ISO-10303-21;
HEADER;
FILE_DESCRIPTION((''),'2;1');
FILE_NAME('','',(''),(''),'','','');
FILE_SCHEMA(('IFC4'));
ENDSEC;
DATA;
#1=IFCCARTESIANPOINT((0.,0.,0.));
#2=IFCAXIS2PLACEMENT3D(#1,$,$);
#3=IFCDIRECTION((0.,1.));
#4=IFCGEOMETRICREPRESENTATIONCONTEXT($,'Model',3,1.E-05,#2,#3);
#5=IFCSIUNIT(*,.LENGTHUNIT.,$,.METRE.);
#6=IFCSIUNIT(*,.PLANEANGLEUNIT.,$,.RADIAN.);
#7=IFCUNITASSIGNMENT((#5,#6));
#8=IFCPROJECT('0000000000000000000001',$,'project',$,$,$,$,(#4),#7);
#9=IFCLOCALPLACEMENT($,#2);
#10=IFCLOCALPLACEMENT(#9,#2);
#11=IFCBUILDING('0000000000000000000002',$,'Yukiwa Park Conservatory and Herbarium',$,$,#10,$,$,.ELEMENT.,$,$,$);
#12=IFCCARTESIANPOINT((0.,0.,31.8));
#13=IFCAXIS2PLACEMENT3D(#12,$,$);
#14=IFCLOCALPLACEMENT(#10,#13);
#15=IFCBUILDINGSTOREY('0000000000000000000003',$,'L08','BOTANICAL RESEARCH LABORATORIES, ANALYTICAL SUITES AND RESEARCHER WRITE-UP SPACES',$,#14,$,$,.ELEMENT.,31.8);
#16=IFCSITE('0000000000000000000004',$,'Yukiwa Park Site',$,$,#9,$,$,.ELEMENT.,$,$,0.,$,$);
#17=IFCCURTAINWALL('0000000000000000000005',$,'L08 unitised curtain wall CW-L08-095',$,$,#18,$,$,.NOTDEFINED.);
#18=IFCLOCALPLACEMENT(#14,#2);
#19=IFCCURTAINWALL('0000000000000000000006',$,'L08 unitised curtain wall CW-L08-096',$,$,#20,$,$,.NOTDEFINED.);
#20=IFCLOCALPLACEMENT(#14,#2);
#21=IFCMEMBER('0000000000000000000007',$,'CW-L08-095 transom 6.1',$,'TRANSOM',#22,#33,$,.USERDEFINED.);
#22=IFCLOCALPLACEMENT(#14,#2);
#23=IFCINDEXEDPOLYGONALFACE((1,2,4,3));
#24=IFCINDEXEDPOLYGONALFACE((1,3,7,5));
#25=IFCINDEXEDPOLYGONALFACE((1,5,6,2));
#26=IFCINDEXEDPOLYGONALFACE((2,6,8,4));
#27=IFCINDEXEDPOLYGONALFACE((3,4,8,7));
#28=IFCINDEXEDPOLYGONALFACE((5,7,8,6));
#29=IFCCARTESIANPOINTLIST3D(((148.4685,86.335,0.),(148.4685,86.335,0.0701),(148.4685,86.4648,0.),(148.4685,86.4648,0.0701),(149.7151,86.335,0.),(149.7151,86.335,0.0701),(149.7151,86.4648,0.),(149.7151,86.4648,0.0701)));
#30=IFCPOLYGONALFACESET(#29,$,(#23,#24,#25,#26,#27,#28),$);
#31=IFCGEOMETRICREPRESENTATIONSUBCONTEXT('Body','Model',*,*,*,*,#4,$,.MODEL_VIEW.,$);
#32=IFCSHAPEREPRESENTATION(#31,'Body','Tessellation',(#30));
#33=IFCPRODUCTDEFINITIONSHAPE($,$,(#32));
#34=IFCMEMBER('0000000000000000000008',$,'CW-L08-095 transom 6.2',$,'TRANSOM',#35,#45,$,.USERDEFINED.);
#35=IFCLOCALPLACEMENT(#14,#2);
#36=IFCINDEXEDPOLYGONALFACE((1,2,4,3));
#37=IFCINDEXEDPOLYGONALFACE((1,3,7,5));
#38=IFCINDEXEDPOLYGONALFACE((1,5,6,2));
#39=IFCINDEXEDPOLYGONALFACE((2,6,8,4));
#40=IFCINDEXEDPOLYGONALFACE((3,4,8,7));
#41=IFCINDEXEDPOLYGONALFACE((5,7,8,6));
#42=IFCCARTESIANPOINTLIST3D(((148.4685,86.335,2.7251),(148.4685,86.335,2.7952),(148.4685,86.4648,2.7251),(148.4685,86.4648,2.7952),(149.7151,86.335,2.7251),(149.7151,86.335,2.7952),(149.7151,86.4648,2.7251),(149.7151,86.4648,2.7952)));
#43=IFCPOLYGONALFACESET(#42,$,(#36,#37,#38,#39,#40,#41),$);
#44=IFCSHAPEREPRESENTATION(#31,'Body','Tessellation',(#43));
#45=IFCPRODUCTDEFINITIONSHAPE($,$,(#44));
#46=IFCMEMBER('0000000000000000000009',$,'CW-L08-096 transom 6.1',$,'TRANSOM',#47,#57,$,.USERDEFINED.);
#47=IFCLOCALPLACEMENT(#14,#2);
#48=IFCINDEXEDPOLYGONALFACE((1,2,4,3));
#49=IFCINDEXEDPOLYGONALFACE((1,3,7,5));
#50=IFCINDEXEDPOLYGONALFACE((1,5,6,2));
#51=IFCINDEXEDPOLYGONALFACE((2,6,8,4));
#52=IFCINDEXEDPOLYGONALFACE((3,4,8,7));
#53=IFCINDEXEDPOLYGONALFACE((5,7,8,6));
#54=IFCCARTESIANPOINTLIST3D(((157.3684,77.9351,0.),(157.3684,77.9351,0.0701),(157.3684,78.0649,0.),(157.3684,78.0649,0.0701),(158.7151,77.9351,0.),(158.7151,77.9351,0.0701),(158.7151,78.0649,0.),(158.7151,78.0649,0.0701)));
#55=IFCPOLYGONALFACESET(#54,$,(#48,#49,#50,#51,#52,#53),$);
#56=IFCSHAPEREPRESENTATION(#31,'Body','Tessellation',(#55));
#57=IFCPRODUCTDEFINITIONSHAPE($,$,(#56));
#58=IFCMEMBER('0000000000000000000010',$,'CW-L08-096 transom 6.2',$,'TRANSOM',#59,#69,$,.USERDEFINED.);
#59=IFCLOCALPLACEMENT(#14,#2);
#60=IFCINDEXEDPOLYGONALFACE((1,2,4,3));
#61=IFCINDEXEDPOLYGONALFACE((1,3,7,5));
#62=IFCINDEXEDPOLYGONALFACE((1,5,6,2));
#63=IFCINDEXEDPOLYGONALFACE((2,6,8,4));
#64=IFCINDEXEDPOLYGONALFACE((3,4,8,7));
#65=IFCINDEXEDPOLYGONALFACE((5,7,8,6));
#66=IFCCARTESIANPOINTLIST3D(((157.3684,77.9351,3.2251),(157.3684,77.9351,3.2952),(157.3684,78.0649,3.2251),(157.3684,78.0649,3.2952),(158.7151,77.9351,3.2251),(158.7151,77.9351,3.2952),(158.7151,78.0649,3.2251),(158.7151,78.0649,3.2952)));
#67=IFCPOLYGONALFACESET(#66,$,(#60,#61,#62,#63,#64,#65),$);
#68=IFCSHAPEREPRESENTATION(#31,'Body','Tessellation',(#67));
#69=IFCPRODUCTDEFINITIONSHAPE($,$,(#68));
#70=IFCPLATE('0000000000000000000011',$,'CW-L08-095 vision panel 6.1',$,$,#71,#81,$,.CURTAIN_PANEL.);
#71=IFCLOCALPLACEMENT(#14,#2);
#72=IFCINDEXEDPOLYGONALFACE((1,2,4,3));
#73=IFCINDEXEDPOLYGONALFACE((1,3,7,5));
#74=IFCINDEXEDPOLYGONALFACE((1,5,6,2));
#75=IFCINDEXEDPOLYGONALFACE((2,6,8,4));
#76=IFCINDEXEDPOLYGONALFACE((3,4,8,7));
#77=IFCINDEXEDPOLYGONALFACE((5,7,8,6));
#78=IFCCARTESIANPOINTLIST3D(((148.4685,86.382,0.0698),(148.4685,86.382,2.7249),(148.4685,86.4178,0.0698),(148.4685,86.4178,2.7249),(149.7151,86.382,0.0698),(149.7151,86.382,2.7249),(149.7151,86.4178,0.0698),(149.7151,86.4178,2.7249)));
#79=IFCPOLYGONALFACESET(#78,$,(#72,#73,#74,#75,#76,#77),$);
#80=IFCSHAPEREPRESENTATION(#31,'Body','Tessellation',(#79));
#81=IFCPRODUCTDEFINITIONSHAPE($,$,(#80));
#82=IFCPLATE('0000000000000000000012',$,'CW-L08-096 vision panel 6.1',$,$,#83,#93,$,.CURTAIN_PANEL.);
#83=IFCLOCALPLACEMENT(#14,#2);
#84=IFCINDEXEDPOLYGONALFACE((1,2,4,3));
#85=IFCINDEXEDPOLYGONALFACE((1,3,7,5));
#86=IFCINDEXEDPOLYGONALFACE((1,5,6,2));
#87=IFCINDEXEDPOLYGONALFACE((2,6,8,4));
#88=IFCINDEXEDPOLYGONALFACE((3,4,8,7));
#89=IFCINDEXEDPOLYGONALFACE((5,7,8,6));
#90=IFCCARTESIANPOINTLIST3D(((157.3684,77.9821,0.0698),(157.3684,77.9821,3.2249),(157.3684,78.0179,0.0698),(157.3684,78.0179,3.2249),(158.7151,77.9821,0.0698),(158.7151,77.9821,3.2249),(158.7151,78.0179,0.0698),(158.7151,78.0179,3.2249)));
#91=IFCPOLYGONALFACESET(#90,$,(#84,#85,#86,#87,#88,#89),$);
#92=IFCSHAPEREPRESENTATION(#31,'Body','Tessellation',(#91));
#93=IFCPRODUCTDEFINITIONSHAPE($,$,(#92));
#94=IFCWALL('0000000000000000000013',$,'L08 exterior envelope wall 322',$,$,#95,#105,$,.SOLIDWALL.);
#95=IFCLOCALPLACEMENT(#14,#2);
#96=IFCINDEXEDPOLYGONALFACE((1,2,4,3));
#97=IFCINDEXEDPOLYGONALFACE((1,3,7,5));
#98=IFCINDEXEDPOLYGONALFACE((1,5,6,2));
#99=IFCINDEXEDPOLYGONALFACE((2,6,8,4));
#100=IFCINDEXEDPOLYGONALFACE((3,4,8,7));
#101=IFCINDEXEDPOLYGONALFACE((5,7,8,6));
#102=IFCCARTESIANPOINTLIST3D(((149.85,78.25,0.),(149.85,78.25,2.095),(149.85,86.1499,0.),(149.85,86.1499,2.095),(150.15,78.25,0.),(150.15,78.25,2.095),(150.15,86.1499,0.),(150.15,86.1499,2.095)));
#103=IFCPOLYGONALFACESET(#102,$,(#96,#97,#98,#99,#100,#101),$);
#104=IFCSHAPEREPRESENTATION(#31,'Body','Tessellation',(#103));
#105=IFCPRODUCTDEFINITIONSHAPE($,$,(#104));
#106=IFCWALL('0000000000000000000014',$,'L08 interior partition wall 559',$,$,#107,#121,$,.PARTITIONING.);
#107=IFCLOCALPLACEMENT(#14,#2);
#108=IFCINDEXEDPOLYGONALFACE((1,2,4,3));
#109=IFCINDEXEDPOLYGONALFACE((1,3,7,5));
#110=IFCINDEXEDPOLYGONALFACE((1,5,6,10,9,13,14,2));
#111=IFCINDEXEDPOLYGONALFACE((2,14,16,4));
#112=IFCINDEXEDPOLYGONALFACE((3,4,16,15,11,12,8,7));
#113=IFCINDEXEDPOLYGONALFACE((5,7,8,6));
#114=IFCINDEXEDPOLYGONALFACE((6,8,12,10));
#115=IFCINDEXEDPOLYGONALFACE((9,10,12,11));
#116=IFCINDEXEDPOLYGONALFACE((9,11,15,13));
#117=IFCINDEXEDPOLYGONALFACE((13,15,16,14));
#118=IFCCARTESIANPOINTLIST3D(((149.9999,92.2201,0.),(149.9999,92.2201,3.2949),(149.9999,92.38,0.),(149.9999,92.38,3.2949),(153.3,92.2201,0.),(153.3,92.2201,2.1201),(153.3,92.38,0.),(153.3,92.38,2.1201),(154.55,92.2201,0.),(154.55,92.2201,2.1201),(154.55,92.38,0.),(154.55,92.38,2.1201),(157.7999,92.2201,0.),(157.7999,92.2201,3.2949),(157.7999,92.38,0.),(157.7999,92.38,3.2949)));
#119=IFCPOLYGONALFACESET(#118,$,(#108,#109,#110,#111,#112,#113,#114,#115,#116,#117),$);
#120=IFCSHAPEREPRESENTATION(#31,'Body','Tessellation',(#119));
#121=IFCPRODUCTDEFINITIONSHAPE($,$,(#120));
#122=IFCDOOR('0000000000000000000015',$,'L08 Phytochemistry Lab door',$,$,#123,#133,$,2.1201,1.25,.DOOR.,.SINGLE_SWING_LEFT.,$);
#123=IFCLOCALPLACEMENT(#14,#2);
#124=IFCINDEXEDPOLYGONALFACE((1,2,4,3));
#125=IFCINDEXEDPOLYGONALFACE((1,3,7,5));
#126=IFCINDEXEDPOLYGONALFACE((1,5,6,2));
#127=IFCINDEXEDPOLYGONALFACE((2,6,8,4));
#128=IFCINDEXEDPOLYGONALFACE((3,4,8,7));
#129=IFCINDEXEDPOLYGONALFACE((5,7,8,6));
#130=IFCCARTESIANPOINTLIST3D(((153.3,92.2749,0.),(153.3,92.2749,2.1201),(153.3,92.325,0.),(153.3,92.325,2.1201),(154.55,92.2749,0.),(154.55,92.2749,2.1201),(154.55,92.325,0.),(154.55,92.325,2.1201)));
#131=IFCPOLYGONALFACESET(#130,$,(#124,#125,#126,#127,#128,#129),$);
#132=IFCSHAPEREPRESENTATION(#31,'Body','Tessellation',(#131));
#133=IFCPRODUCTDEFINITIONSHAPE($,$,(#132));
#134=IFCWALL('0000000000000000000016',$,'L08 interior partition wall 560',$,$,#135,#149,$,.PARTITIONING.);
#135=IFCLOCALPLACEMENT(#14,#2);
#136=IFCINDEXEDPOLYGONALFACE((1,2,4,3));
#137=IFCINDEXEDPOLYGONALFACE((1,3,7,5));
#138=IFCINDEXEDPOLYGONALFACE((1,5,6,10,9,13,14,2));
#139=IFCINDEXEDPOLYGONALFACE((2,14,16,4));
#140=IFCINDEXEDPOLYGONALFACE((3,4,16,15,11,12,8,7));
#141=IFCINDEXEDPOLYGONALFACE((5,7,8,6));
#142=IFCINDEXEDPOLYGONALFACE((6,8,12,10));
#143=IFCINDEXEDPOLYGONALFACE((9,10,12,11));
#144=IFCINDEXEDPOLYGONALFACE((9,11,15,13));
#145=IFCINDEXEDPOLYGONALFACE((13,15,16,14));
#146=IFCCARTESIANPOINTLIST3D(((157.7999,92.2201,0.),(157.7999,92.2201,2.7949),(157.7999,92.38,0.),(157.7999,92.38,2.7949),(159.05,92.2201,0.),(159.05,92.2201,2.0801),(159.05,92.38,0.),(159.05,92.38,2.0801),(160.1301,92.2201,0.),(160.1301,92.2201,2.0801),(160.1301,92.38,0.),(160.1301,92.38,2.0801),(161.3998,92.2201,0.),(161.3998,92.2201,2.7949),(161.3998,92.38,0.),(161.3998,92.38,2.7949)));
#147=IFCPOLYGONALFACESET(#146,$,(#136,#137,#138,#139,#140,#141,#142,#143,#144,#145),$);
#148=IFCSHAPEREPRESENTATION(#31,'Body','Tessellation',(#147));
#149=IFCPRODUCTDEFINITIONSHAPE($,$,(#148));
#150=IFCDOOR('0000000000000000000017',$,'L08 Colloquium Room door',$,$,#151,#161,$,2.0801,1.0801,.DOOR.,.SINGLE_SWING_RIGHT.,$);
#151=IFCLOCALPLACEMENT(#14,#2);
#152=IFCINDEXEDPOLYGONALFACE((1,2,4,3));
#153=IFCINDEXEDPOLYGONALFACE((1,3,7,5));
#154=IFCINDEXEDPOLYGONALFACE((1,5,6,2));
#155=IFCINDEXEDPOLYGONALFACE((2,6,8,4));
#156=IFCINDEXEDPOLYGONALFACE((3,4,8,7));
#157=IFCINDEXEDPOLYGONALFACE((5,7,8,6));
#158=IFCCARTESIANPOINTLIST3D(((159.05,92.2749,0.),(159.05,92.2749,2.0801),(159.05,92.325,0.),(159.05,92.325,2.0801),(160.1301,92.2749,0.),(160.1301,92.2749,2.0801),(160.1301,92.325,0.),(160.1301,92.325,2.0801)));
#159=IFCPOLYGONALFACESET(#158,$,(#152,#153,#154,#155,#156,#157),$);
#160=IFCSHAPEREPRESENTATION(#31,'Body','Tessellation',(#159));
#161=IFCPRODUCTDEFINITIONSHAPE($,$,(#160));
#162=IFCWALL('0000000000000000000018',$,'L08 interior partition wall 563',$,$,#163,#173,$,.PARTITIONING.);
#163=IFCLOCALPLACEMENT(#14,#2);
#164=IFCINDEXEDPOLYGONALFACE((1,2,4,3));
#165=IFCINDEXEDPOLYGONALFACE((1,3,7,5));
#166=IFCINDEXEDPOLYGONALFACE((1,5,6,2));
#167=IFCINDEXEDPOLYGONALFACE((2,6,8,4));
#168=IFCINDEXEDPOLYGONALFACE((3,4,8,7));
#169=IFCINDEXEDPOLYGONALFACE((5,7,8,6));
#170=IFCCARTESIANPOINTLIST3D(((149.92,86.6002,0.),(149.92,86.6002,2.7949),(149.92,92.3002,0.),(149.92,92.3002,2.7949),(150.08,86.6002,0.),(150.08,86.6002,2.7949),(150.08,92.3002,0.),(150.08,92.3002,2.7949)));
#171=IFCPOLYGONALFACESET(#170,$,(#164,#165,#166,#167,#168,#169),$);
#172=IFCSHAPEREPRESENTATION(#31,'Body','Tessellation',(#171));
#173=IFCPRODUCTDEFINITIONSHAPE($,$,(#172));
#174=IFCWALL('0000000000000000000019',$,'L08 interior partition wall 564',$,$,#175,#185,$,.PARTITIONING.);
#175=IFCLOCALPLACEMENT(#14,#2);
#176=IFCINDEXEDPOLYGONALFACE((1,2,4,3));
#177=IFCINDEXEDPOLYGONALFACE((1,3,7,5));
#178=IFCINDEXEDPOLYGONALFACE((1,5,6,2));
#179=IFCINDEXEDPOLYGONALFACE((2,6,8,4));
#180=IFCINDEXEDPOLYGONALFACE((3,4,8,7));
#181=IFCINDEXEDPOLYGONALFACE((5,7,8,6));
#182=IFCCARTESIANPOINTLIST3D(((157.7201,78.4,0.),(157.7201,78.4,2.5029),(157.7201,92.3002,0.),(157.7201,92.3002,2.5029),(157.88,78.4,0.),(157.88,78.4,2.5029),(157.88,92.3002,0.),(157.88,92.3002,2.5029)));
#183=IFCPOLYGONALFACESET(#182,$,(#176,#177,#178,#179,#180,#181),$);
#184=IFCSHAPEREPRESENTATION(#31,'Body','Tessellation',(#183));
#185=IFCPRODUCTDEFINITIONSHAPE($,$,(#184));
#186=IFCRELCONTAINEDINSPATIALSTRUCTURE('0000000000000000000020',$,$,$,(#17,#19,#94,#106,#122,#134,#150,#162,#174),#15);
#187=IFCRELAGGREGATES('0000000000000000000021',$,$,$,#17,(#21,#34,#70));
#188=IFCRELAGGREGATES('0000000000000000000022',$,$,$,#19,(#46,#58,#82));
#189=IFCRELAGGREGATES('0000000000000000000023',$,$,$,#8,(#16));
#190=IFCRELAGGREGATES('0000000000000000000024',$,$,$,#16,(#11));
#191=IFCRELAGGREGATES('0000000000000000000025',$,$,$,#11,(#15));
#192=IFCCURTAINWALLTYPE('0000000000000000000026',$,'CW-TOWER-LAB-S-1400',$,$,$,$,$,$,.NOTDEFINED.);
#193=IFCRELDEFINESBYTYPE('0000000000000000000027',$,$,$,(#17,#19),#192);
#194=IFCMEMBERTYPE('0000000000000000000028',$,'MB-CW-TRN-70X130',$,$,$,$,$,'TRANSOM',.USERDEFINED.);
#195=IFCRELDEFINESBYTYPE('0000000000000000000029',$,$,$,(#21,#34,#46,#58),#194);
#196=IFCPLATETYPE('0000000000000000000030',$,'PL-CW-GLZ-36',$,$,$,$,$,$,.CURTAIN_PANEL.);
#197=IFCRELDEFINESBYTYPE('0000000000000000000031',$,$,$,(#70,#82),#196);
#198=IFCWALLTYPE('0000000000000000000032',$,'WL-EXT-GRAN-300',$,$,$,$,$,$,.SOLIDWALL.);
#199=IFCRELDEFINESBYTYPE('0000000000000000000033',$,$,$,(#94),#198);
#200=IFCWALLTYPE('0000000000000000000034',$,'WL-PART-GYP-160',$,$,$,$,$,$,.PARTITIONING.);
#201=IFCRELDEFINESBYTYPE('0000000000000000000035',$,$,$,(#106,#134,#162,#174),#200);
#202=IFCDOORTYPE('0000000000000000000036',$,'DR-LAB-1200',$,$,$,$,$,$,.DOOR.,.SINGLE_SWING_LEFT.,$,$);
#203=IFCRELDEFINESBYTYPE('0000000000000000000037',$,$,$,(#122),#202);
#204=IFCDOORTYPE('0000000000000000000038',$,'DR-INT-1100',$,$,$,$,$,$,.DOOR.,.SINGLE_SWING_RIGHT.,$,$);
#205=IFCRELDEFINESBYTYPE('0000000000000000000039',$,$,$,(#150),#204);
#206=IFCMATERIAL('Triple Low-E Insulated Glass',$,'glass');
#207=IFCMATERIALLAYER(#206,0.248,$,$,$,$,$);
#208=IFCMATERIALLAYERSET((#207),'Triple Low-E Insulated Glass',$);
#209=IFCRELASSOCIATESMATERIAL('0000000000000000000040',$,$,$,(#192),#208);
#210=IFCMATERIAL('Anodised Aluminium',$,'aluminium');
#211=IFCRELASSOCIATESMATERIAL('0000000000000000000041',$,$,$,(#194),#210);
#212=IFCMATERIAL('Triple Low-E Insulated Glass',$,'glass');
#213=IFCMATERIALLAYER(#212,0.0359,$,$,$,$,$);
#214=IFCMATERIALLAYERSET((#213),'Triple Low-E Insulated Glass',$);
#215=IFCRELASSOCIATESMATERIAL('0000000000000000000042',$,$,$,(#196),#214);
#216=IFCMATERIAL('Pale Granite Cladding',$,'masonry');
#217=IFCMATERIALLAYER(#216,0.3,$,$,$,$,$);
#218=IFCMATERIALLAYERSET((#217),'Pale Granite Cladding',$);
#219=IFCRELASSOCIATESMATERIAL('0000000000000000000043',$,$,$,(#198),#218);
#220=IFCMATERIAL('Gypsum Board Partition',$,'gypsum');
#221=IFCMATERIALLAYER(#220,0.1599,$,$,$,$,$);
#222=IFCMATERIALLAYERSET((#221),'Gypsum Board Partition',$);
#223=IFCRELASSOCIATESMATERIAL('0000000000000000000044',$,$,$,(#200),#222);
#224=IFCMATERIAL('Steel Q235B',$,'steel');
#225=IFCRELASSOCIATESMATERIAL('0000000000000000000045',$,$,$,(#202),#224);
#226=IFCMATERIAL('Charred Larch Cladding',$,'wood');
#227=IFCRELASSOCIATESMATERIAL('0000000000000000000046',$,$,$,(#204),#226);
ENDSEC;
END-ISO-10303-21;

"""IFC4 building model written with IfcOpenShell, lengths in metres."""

from ifc_helpers import new_model, si_unit, direction, frame, frame_2d, origin, origin_2d, place, context, subcontext, project, spatial, rectangle, extrude, material, layer, layer_set, type_object, element, fill, aggregate, save


model = new_model("IFC4")

# Units and contexts
model_context = context("Model", 3, precision=1e-05, world=origin(), true_north=direction((0.0, 1.0)))
body_context = subcontext(model_context, "Body", "Model", "MODEL_VIEW")
ifc_project = project(units=[si_unit("LENGTHUNIT", "METRE"), si_unit("PLANEANGLEUNIT", "RADIAN")], contexts=[model_context])

# Site, building, storey
site_placement = place(None, origin())
site = spatial("IfcSite", under=ifc_project, at=site_placement, Name="Yukiwa Park Site", CompositionType="ELEMENT", RefElevation=0.0)
building_placement = place(site_placement, origin())
building = spatial("IfcBuilding", under=site, at=building_placement, Name="Yukiwa Park Conservatory and Herbarium", CompositionType="ELEMENT")
storey_placement = place(building_placement, frame((0.0, 0.0, 31.8)))
storey = spatial("IfcBuildingStorey", under=building, at=storey_placement, Name="L08", Description="BOTANICAL RESEARCH LABORATORIES, ANALYTICAL SUITES AND RESEARCHER WRITE-UP SPACES", CompositionType="ELEMENT", Elevation=31.8)

# Curtain wall
ifc_material_1 = material(Name="Triple Low-E Insulated Glass", Category="glass")
ifc_layer_1 = layer(ifc_material_1, 0.248)
ifc_layer_set_1 = layer_set([ifc_layer_1], Name="Triple Low-E Insulated Glass")
curtain_wall_type = type_object("IfcCurtainWallType", Name="CW-TOWER-LAB-S-1400", PredefinedType="NOTDEFINED", material=ifc_layer_set_1)
curtain_wall_1_placement = place(storey_placement, origin())
curtain_wall_1 = element("IfcCurtainWall", 1, at=curtain_wall_1_placement, inside=storey, type_object=curtain_wall_type, Name="L08 unitised curtain wall CW-L08-095", PredefinedType="NOTDEFINED")

# Curtain wall
curtain_wall_2_placement = place(storey_placement, origin())
curtain_wall_2 = element("IfcCurtainWall", 2, at=curtain_wall_2_placement, inside=storey, type_object=curtain_wall_type, Name="L08 unitised curtain wall CW-L08-096", PredefinedType="NOTDEFINED")

# Members
ifc_material_2 = material(Name="Anodised Aluminium", Category="aluminium")
member_type_1 = type_object("IfcMemberType", Name="MB-CW-TRN-70X130", ElementType="TRANSOM", PredefinedType="USERDEFINED", material=ifc_material_2)
member_1_placement = place(storey_placement, frame((149.0918, 86.3999, 0.0), z_axis=(0.0, 0.0, 1.0), x_axis=(1.0, 0.0, 0.0)))
member_1 = element("IfcMember", 3, at=member_1_placement, type_object=member_type_1, Name="CW-L08-095 transom 6.1", ObjectType="TRANSOM", PredefinedType="USERDEFINED", context=body_context, shape_type="SweptSolid", body=[
    extrude(rectangle(XDim=1.2466, YDim=0.1299, at=origin_2d()), origin(), (0.0, 0.0, 1.0), 0.0701),
])
member_2_placement = place(storey_placement, frame((149.0918, 86.3999, 2.7251), z_axis=(0.0, 0.0, 1.0), x_axis=(1.0, 0.0, 0.0)))
member_2 = element("IfcMember", 4, at=member_2_placement, type_object=member_type_1, Name="CW-L08-095 transom 6.2", ObjectType="TRANSOM", PredefinedType="USERDEFINED", context=body_context, shape_type="SweptSolid", body=[
    extrude(rectangle(XDim=1.2466, YDim=0.1299, at=origin_2d()), origin(), (0.0, 0.0, 1.0), 0.0701),
])
member_3_placement = place(storey_placement, frame((158.0417, 78.0, 0.0), z_axis=(0.0, 0.0, 1.0), x_axis=(1.0, 0.0, 0.0)))
member_3 = element("IfcMember", 5, at=member_3_placement, type_object=member_type_1, Name="CW-L08-096 transom 6.1", ObjectType="TRANSOM", PredefinedType="USERDEFINED", context=body_context, shape_type="SweptSolid", body=[
    extrude(rectangle(XDim=1.3467, YDim=0.1299, at=origin_2d()), origin(), (0.0, 0.0, 1.0), 0.0701),
])
member_4_placement = place(storey_placement, frame((158.0417, 78.0, 3.2251), z_axis=(0.0, 0.0, 1.0), x_axis=(1.0, 0.0, 0.0)))
member_4 = element("IfcMember", 6, at=member_4_placement, type_object=member_type_1, Name="CW-L08-096 transom 6.2", ObjectType="TRANSOM", PredefinedType="USERDEFINED", context=body_context, shape_type="SweptSolid", body=[
    extrude(rectangle(XDim=1.3467, YDim=0.1299, at=origin_2d()), origin(), (0.0, 0.0, 1.0), 0.0701),
])

# Plates
ifc_material_3 = material(Name="Triple Low-E Insulated Glass", Category="glass")
ifc_layer_2 = layer(ifc_material_3, 0.0359)
ifc_layer_set_2 = layer_set([ifc_layer_2], Name="Triple Low-E Insulated Glass")
plate_type = type_object("IfcPlateType", Name="PL-CW-GLZ-36", PredefinedType="CURTAIN_PANEL", material=ifc_layer_set_2)
plate_1_placement = place(storey_placement, frame((149.0918, 86.3999, 0.0698), z_axis=(0.0, 0.0, 1.0), x_axis=(1.0, 0.0, 0.0)))
plate_1 = element("IfcPlate", 7, at=plate_1_placement, type_object=plate_type, Name="CW-L08-095 vision panel 6.1", PredefinedType="CURTAIN_PANEL", context=body_context, shape_type="SweptSolid", body=[
    extrude(rectangle(XDim=1.2466, YDim=0.0359, at=origin_2d()), origin(), (0.0, 0.0, 1.0), 2.655),
])
aggregate(curtain_wall_1, [member_1, member_2, plate_1])
plate_2_placement = place(storey_placement, frame((158.0417, 78.0, 0.0698), z_axis=(0.0, 0.0, 1.0), x_axis=(1.0, 0.0, 0.0)))
plate_2 = element("IfcPlate", 8, at=plate_2_placement, type_object=plate_type, Name="CW-L08-096 vision panel 6.1", PredefinedType="CURTAIN_PANEL", context=body_context, shape_type="SweptSolid", body=[
    extrude(rectangle(XDim=1.3467, YDim=0.0359, at=origin_2d()), origin(), (0.0, 0.0, 1.0), 3.155),
])
aggregate(curtain_wall_2, [member_3, member_4, plate_2])

# Wall
ifc_material_4 = material(Name="Pale Granite Cladding", Category="masonry")
ifc_layer_3 = layer(ifc_material_4, 0.3)
ifc_layer_set_3 = layer_set([ifc_layer_3], Name="Pale Granite Cladding")
wall_type_1 = type_object("IfcWallType", Name="WL-EXT-GRAN-300", PredefinedType="SOLIDWALL", material=ifc_layer_set_3)
wall_1_placement = place(storey_placement, frame((150.0, 86.1499, 0.0), z_axis=(0.0, 0.0, 1.0), x_axis=(0.0, -1.0, 0.0)))
element("IfcWall", 9, at=wall_1_placement, inside=storey, type_object=wall_type_1, Name="L08 exterior envelope wall 322", PredefinedType="SOLIDWALL", context=body_context, shape_type="SweptSolid", body=[
    extrude(rectangle(XDim=7.8999, YDim=0.3, at=frame_2d((3.95, 0.0))), origin(), (0.0, 0.0, 1.0), 2.095),
])

# Walls, openings, doors
ifc_material_5 = material(Name="Gypsum Board Partition", Category="gypsum")
ifc_layer_4 = layer(ifc_material_5, 0.1599)
ifc_layer_set_4 = layer_set([ifc_layer_4], Name="Gypsum Board Partition")
wall_type_2 = type_object("IfcWallType", Name="WL-PART-GYP-160", PredefinedType="PARTITIONING", material=ifc_layer_set_4)
wall_2_placement = place(storey_placement, frame((150.0, 92.3, 0.0), z_axis=(0.0, 0.0, 1.0), x_axis=(1.0, 0.0, 0.0)))
wall_2 = element("IfcWall", 10, at=wall_2_placement, inside=storey, type_object=wall_type_2, Name="L08 interior partition wall 559", PredefinedType="PARTITIONING", context=body_context, shape_type="SweptSolid", body=[
    extrude(rectangle(XDim=7.8, YDim=0.1599, at=frame_2d((3.8999, 0.0))), origin(), (0.0, 0.0, 1.0), 3.2949),
])
opening_1_placement = place(wall_2_placement, frame((3.3, 0.0, 0.0)))
opening_1 = element("IfcOpeningElement", 11, at=opening_1_placement, cuts=wall_2, PredefinedType="OPENING", context=body_context, shape_type="SweptSolid", body=[
    extrude(rectangle(XDim=1.25, YDim=2.1201, at=frame_2d((0.625, 1.0601))), frame((0.0, 0.0898, 0.0), z_axis=(0.0, -1.0, 0.0), x_axis=(1.0, 0.0, 0.0)), (0.0, 0.0, 1.0), 0.1799),
])
ifc_material_6 = material(Name="Steel Q235B", Category="steel")
door_type_1 = type_object("IfcDoorType", Name="DR-LAB-1200", OperationType="SINGLE_SWING_LEFT", PredefinedType="DOOR", material=ifc_material_6)
door_1_placement = place(opening_1_placement, origin())
door_1 = element("IfcDoor", 12, at=door_1_placement, inside=storey, type_object=door_type_1, Name="L08 Phytochemistry Lab door", OperationType="SINGLE_SWING_LEFT", OverallHeight=2.1201, OverallWidth=1.25, PredefinedType="DOOR", context=body_context, shape_type="SweptSolid", body=[
    extrude(rectangle(XDim=1.25, YDim=2.1201, at=frame_2d((0.625, 1.0601))), frame((0.0, 0.0249, 0.0), z_axis=(0.0, -1.0, 0.0), x_axis=(1.0, 0.0, 0.0)), (0.0, 0.0, 1.0), 0.05),
])
fill(opening_1, door_1)
wall_3_placement = place(storey_placement, frame((157.8, 92.3, 0.0), z_axis=(0.0, 0.0, 1.0), x_axis=(1.0, 0.0, 0.0)))
wall_3 = element("IfcWall", 13, at=wall_3_placement, inside=storey, type_object=wall_type_2, Name="L08 interior partition wall 560", PredefinedType="PARTITIONING", context=body_context, shape_type="SweptSolid", body=[
    extrude(rectangle(XDim=3.5999, YDim=0.1599, at=frame_2d((1.7998, 0.0))), origin(), (0.0, 0.0, 1.0), 2.7949),
])
opening_2_placement = place(wall_3_placement, frame((1.25, 0.0, 0.0)))
opening_2 = element("IfcOpeningElement", 14, at=opening_2_placement, cuts=wall_3, PredefinedType="OPENING", context=body_context, shape_type="SweptSolid", body=[
    extrude(rectangle(XDim=1.0801, YDim=2.0801, at=frame_2d((0.54, 1.04))), frame((0.0, 0.0898, 0.0), z_axis=(0.0, -1.0, 0.0), x_axis=(1.0, 0.0, 0.0)), (0.0, 0.0, 1.0), 0.1799),
])
ifc_material_7 = material(Name="Charred Larch Cladding", Category="wood")
door_type_2 = type_object("IfcDoorType", Name="DR-INT-1100", OperationType="SINGLE_SWING_RIGHT", PredefinedType="DOOR", material=ifc_material_7)
door_2_placement = place(opening_2_placement, origin())
door_2 = element("IfcDoor", 15, at=door_2_placement, inside=storey, type_object=door_type_2, Name="L08 Colloquium Room door", OperationType="SINGLE_SWING_RIGHT", OverallHeight=2.0801, OverallWidth=1.0801, PredefinedType="DOOR", context=body_context, shape_type="SweptSolid", body=[
    extrude(rectangle(XDim=1.0801, YDim=2.0801, at=frame_2d((0.54, 1.04))), frame((0.0, 0.0249, 0.0), z_axis=(0.0, -1.0, 0.0), x_axis=(1.0, 0.0, 0.0)), (0.0, 0.0, 1.0), 0.05),
])
fill(opening_2, door_2)

# Walls
wall_4_placement = place(storey_placement, frame((150.0, 86.6001, 0.0), z_axis=(0.0, 0.0, 1.0), x_axis=(0.0, 1.0, 0.0)))
element("IfcWall", 16, at=wall_4_placement, inside=storey, type_object=wall_type_2, Name="L08 interior partition wall 563", PredefinedType="PARTITIONING", context=body_context, shape_type="SweptSolid", body=[
    extrude(rectangle(XDim=5.7, YDim=0.1599, at=frame_2d((2.8501, 0.0))), origin(), (0.0, 0.0, 1.0), 2.7949),
])
wall_5_placement = place(storey_placement, frame((157.8, 78.3999, 0.0), z_axis=(0.0, 0.0, 1.0), x_axis=(0.0, 1.0, 0.0)))
element("IfcWall", 17, at=wall_5_placement, inside=storey, type_object=wall_type_2, Name="L08 interior partition wall 564", PredefinedType="PARTITIONING", context=body_context, shape_type="SweptSolid", body=[
    extrude(rectangle(XDim=13.9001, YDim=0.1599, at=frame_2d((6.9502, 0.0))), origin(), (0.0, 0.0, 1.0), 2.5029),
])

save(model, "model.ifc")
